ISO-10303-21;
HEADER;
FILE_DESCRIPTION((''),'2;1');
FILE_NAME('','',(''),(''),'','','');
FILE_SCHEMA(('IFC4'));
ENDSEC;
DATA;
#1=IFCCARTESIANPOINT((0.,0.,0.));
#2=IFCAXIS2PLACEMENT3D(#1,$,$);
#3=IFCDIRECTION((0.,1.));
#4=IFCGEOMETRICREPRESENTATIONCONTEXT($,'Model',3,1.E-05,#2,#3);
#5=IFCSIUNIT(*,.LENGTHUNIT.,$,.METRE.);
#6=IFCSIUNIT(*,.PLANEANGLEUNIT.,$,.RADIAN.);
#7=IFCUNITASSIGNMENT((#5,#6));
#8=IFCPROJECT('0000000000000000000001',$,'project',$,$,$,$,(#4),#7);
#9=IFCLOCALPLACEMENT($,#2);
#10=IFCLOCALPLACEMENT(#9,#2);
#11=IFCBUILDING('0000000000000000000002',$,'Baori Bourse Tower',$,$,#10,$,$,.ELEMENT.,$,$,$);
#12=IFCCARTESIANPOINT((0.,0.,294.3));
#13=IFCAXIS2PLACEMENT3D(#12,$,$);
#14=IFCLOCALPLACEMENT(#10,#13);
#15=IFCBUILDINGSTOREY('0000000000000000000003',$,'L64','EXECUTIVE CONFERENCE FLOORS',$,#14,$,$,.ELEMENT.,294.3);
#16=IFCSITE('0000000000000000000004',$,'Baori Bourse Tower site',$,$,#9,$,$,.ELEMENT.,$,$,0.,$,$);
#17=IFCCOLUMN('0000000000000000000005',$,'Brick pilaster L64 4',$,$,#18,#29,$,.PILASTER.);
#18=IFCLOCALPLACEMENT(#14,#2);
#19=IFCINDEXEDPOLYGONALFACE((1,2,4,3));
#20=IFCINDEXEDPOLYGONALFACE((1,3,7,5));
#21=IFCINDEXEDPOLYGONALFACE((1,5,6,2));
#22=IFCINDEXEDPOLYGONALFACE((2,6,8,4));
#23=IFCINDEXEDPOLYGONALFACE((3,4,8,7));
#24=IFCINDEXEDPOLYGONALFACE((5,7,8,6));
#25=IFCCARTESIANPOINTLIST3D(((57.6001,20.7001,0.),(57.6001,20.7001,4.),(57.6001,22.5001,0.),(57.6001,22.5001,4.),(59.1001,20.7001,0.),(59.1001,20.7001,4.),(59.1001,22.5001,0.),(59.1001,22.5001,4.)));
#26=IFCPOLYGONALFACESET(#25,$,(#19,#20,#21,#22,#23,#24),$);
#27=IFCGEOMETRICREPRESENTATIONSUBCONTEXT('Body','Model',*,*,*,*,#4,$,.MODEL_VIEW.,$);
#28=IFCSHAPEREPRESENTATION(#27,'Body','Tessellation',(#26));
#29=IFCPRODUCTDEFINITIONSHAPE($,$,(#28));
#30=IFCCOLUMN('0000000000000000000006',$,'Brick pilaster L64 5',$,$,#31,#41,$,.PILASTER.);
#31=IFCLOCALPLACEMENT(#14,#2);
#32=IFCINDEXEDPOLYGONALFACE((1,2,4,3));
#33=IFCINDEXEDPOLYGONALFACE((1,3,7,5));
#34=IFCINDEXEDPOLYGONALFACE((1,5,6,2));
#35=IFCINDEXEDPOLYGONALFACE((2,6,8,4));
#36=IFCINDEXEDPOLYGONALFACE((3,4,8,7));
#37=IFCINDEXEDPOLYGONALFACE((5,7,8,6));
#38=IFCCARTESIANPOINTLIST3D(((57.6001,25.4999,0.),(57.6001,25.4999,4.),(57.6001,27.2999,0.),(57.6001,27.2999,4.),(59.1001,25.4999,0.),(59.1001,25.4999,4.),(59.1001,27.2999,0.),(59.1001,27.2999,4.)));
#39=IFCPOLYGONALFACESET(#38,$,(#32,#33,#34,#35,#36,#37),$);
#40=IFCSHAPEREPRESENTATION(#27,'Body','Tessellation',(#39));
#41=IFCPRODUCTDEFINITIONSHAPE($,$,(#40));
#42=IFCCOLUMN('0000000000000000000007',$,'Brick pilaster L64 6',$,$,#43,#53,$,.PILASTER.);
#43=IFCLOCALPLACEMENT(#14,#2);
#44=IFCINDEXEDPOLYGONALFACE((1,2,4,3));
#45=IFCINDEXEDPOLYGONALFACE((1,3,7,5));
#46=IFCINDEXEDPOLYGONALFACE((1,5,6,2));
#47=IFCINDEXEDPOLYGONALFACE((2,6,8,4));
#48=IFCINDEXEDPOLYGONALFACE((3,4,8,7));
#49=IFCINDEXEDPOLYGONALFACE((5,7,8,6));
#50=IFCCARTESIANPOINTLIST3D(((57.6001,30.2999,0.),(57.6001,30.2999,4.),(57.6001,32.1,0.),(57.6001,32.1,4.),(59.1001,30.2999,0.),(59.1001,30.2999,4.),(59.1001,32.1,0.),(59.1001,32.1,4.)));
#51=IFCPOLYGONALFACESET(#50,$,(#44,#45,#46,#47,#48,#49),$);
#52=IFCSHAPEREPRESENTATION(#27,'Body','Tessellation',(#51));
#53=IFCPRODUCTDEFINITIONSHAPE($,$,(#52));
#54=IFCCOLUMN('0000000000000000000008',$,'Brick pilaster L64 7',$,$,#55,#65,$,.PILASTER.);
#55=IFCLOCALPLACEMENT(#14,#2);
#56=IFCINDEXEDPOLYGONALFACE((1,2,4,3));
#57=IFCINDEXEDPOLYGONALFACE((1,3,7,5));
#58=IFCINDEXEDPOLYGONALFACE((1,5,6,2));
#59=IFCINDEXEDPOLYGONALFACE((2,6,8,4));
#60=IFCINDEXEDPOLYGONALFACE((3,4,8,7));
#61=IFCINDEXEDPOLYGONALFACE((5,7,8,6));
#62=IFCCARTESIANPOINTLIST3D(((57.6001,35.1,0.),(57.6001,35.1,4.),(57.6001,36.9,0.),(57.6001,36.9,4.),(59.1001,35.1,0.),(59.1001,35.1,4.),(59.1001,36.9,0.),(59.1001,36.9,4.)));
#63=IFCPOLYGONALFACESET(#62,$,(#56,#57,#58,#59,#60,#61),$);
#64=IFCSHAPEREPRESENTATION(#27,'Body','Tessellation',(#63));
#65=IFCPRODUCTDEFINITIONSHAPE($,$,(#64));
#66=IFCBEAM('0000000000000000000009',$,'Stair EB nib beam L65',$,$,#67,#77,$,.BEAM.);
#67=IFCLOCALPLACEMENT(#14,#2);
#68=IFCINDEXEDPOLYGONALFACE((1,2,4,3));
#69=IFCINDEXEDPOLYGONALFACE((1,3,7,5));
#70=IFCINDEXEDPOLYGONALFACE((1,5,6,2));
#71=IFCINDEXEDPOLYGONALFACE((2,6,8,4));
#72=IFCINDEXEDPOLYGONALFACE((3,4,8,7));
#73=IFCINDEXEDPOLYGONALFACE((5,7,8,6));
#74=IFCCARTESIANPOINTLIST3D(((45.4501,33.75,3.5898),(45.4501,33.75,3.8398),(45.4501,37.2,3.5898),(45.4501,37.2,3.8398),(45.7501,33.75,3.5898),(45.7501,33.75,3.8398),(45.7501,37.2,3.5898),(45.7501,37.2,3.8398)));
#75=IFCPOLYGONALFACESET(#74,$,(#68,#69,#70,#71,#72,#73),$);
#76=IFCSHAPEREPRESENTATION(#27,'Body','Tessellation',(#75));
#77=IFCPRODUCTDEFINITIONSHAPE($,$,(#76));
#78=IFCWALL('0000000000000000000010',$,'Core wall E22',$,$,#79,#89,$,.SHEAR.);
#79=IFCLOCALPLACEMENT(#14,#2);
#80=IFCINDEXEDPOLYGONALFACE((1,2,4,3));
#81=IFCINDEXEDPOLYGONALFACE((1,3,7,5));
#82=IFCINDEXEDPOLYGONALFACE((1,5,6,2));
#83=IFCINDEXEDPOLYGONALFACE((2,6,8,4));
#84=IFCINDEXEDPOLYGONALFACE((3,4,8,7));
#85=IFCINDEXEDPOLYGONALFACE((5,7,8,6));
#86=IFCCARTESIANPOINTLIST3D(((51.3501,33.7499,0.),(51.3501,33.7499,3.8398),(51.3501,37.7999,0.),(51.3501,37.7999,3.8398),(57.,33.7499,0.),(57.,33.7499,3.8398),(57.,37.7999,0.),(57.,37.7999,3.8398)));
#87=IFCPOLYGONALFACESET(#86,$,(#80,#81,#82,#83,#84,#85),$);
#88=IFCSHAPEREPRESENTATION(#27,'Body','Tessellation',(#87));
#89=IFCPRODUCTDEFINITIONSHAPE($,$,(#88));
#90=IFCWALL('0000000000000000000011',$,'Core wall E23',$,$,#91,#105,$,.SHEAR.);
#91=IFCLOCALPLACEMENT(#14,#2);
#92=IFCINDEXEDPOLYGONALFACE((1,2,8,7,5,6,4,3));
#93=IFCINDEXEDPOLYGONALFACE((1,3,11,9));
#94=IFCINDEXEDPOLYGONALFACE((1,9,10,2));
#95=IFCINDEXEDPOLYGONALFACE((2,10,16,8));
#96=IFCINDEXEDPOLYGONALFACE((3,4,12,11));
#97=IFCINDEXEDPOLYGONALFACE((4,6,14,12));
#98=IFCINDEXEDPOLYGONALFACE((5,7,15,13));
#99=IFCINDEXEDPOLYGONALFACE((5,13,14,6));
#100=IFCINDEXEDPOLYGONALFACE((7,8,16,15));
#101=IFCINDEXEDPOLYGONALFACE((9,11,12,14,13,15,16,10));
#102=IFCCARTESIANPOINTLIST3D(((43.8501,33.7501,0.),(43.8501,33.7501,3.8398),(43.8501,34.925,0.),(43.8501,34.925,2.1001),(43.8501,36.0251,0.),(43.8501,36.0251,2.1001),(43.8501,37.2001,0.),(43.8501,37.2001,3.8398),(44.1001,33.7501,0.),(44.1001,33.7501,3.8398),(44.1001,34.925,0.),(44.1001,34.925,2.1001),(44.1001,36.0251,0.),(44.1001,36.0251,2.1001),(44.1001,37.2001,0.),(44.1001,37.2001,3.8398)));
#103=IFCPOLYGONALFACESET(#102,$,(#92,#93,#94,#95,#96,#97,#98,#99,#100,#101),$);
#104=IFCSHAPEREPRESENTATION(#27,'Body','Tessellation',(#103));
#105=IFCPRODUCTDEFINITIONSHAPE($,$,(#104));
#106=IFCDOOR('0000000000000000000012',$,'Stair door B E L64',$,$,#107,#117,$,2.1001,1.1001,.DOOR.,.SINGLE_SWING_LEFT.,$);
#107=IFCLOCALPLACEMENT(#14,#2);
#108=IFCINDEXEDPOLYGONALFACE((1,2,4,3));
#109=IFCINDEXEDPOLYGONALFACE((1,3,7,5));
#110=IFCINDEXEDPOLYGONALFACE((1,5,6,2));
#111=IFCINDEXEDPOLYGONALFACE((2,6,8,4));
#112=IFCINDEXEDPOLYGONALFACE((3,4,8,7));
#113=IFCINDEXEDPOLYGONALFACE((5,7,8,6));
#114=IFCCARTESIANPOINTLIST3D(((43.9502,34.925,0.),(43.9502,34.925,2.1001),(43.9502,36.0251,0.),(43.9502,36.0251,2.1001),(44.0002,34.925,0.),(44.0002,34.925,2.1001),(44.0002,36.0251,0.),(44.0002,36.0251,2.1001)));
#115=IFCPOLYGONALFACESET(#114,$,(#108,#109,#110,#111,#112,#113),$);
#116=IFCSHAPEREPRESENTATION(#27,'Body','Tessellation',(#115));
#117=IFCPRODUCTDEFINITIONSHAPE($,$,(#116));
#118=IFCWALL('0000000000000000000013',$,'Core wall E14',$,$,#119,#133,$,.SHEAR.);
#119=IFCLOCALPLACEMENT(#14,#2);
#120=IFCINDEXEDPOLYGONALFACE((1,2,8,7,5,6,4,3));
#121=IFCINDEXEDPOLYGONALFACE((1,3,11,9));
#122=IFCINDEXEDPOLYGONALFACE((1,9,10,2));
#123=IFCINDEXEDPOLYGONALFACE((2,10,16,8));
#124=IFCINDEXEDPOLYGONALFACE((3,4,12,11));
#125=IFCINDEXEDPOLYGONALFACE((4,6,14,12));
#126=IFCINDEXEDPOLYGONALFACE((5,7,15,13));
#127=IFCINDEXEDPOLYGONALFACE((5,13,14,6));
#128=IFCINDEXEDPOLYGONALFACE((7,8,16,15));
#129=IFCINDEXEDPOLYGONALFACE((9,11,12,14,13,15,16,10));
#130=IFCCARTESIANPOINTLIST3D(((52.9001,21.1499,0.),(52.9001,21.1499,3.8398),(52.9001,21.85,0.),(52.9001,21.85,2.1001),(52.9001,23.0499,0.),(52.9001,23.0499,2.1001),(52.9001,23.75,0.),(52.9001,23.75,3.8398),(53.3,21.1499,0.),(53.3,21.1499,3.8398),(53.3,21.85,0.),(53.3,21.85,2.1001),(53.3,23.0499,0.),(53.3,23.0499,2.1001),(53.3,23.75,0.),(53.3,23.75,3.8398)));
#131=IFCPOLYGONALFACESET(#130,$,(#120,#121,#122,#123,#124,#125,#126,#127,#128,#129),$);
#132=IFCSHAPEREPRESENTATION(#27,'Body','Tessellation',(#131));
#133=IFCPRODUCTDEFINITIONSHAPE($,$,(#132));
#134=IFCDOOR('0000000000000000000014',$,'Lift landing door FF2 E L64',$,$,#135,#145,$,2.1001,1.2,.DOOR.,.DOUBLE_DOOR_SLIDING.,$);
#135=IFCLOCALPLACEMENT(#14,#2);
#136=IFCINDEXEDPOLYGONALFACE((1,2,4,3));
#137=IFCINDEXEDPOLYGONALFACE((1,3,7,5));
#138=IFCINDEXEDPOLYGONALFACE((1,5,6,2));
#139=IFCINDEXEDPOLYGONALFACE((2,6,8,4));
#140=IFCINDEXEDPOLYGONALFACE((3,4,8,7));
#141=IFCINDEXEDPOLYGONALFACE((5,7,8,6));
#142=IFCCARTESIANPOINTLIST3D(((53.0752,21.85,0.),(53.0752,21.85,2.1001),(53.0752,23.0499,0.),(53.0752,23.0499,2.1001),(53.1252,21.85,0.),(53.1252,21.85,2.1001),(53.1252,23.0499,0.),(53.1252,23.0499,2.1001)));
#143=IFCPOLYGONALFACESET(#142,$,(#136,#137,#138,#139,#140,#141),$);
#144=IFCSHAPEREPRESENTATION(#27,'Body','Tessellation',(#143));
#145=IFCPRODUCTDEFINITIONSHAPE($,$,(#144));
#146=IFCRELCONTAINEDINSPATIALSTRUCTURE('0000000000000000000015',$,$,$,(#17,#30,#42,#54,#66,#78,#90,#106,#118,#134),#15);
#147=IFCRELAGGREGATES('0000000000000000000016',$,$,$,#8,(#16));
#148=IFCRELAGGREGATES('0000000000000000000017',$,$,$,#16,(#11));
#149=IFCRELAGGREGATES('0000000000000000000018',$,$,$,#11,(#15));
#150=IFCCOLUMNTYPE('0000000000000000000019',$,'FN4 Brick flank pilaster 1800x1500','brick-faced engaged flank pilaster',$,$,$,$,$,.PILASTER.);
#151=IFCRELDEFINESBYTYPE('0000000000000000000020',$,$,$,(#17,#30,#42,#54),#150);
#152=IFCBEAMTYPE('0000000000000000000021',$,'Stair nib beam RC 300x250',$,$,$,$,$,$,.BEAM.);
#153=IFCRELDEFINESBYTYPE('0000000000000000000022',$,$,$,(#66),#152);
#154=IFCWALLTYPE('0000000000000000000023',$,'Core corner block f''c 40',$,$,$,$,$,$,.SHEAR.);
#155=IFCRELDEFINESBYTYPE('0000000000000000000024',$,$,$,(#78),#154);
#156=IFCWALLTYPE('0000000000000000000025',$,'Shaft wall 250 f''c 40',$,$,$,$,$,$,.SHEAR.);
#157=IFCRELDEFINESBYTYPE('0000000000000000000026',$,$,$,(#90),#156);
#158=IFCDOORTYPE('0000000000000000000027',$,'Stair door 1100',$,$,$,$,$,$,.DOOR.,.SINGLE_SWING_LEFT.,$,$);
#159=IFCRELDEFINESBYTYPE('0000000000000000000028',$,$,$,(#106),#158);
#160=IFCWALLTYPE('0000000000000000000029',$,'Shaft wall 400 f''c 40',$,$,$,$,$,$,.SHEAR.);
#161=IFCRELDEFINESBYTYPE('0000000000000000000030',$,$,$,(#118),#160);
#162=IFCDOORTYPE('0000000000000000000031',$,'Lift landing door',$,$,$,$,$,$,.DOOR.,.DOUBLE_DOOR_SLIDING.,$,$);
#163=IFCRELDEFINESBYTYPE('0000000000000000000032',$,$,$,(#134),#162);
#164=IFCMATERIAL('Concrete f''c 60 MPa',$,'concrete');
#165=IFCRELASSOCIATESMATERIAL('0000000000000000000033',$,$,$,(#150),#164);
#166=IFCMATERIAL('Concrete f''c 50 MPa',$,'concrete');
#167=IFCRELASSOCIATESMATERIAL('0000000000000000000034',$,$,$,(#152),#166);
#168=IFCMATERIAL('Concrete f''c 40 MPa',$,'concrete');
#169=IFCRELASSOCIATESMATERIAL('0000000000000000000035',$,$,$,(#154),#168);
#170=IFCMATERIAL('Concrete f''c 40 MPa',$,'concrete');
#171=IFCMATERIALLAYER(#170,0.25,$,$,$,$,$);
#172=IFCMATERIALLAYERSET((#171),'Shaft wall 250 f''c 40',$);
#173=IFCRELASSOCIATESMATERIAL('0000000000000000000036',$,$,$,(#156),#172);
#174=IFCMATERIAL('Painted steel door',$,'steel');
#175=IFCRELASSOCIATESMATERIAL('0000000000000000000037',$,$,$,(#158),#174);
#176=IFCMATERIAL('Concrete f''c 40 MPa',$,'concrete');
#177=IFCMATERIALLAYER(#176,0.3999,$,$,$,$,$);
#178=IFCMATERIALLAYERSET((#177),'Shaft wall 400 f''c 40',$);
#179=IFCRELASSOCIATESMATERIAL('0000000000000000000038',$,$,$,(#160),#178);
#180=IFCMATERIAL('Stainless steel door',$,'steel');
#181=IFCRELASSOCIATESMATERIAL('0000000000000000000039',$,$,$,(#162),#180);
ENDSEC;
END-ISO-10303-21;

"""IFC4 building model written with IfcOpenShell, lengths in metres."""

from ifc_helpers import new_model, si_unit, direction, frame, frame_2d, origin, origin_2d, place, context, subcontext, project, spatial, rectangle, extrude, material, layer, layer_set, material_profile, profile_set, type_object, element, fill, save


model = new_model("IFC4")

# Units and contexts
model_context = context("Model", 3, precision=1e-05, world=origin(), true_north=direction((0.0, 1.0)))
body_context = subcontext(model_context, "Body", "Model", "MODEL_VIEW")
ifc_project = project(units=[si_unit("LENGTHUNIT", "METRE"), si_unit("PLANEANGLEUNIT", "RADIAN")], contexts=[model_context])

# Site, building, storey
site_placement = place(None, origin())
site = spatial("IfcSite", under=ifc_project, at=site_placement, Name="Baori Bourse Tower site", CompositionType="ELEMENT", RefElevation=0.0)
building_placement = place(site_placement, origin())
building = spatial("IfcBuilding", under=site, at=building_placement, Name="Baori Bourse Tower", CompositionType="ELEMENT")
storey_placement = place(building_placement, frame((0.0, 0.0, 294.3)))
storey = spatial("IfcBuildingStorey", under=building, at=storey_placement, Name="L64", Description="EXECUTIVE CONFERENCE FLOORS", CompositionType="ELEMENT", Elevation=294.3)

# Columns
ifc_material_1 = material(Name="Concrete f'c 60 MPa", Category="concrete")
ifc_material_profile_1 = material_profile(ifc_material_1, rectangle(XDim=1.8, YDim=1.5, at=origin_2d()), Name="RC 1800x1500")
ifc_profile_set_1 = profile_set([ifc_material_profile_1], Name="Concrete f'c 60 MPa")
column_type = type_object("IfcColumnType", Name="FN4 Brick flank pilaster 1800x1500", Description="brick-faced engaged flank pilaster", PredefinedType="PILASTER", material=ifc_profile_set_1)
for number, where, z_axis, x_axis, name in (
    (1, (58.3501, 21.6001, 0.0), (0.0, 0.0, 1.0), (0.0, 1.0, 0.0), "Brick pilaster L64 4"),
    (2, (58.3501, 26.3999, 0.0), (0.0, 0.0, 1.0), (0.0, 1.0, 0.0), "Brick pilaster L64 5"),
    (3, (58.3501, 31.2, 0.0), (0.0, 0.0, 1.0), (0.0, 1.0, 0.0), "Brick pilaster L64 6"),
    (4, (58.3501, 36.0, 0.0), (0.0, 0.0, 1.0), (0.0, 1.0, 0.0), "Brick pilaster L64 7"),
):
    element("IfcColumn", number, at=place(storey_placement, frame(where, z_axis=z_axis, x_axis=x_axis)), inside=storey, type_object=column_type, Name=name, PredefinedType="PILASTER", context=body_context, shape_type="SweptSolid", body=[
        extrude(rectangle(XDim=1.8, YDim=1.5, at=origin_2d()), origin(), (0.0, 0.0, 1.0), 4.0),
    ])

# Beam
ifc_material_2 = material(Name="Concrete f'c 50 MPa", Category="concrete")
ifc_material_profile_2 = material_profile(ifc_material_2, rectangle(XDim=0.3, YDim=0.25, at=origin_2d()), Name="RC 300x250")
ifc_profile_set_2 = profile_set([ifc_material_profile_2], Name="Concrete f'c 50 MPa")
beam_type = type_object("IfcBeamType", Name="Stair nib beam RC 300x250", PredefinedType="BEAM", material=ifc_profile_set_2)
beam_placement = place(storey_placement, frame((45.6001, 33.75, 3.7148), z_axis=(0.0, 1.0, 0.0), x_axis=(-1.0, 0.0, 0.0)))
element("IfcBeam", 5, at=beam_placement, inside=storey, type_object=beam_type, Name="Stair EB nib beam L65", PredefinedType="BEAM", context=body_context, shape_type="SweptSolid", body=[
    extrude(rectangle(XDim=0.3, YDim=0.25, at=origin_2d()), origin(), (0.0, 0.0, 1.0), 3.45),
])

# Wall
ifc_material_3 = material(Name="Concrete f'c 40 MPa", Category="concrete")
wall_type_1 = type_object("IfcWallType", Name="Core corner block f'c 40", PredefinedType="SHEAR", material=ifc_material_3)
wall_1_placement = place(storey_placement, frame((51.3501, 35.7749, 0.0), z_axis=(0.0, 0.0, 1.0), x_axis=(1.0, 0.0, 0.0)))
element("IfcWall", 6, at=wall_1_placement, inside=storey, type_object=wall_type_1, Name="Core wall E22", PredefinedType="SHEAR", context=body_context, shape_type="SweptSolid", body=[
    extrude(rectangle(XDim=5.6499, YDim=4.05, at=frame_2d((2.825, 0.0))), origin(), (0.0, 0.0, 1.0), 3.8398),
])

# Walls, openings, doors
ifc_material_4 = material(Name="Concrete f'c 40 MPa", Category="concrete")
ifc_layer_1 = layer(ifc_material_4, 0.25)
ifc_layer_set_1 = layer_set([ifc_layer_1], Name="Shaft wall 250 f'c 40")
wall_type_2 = type_object("IfcWallType", Name="Shaft wall 250 f'c 40", PredefinedType="SHEAR", material=ifc_layer_set_1)
wall_2_placement = place(storey_placement, frame((43.9751, 33.75, 0.0), z_axis=(0.0, 0.0, 1.0), x_axis=(0.0, 1.0, 0.0)))
wall_2 = element("IfcWall", 7, at=wall_2_placement, inside=storey, type_object=wall_type_2, Name="Core wall E23", PredefinedType="SHEAR", context=body_context, shape_type="SweptSolid", body=[
    extrude(rectangle(XDim=3.45, YDim=0.25, at=frame_2d((1.7251, 0.0))), origin(), (0.0, 0.0, 1.0), 3.8398),
])
opening_1_placement = place(wall_2_placement, frame((1.175, 0.0, 0.0)))
opening_1 = element("IfcOpeningElement", 8, at=opening_1_placement, cuts=wall_2, PredefinedType="OPENING", context=body_context, shape_type="SweptSolid", body=[
    extrude(rectangle(XDim=1.1001, YDim=2.1001, at=frame_2d((0.55, 1.05))), frame((0.0, 0.135, 0.0), z_axis=(0.0, -1.0, 0.0), x_axis=(1.0, 0.0, 0.0)), (0.0, 0.0, 1.0), 0.27),
])
ifc_material_5 = material(Name="Painted steel door", Category="steel")
door_type_1 = type_object("IfcDoorType", Name="Stair door 1100", OperationType="SINGLE_SWING_LEFT", PredefinedType="DOOR", material=ifc_material_5)
door_1_placement = place(opening_1_placement, origin())
door_1 = element("IfcDoor", 9, at=door_1_placement, inside=storey, type_object=door_type_1, Name="Stair door B E L64", OperationType="SINGLE_SWING_LEFT", OverallHeight=2.1001, OverallWidth=1.1001, PredefinedType="DOOR", context=body_context, shape_type="SweptSolid", body=[
    extrude(rectangle(XDim=1.1001, YDim=2.1001, at=frame_2d((0.55, 1.05))), frame((0.0, 0.0249, 0.0), z_axis=(0.0, -1.0, 0.0), x_axis=(1.0, 0.0, 0.0)), (0.0, 0.0, 1.0), 0.05),
])
fill(opening_1, door_1)
ifc_material_6 = material(Name="Concrete f'c 40 MPa", Category="concrete")
ifc_layer_2 = layer(ifc_material_6, 0.3999)
ifc_layer_set_2 = layer_set([ifc_layer_2], Name="Shaft wall 400 f'c 40")
wall_type_3 = type_object("IfcWallType", Name="Shaft wall 400 f'c 40", PredefinedType="SHEAR", material=ifc_layer_set_2)
wall_3_placement = place(storey_placement, frame((53.1001, 21.1499, 0.0), z_axis=(0.0, 0.0, 1.0), x_axis=(0.0, 1.0, 0.0)))
wall_3 = element("IfcWall", 10, at=wall_3_placement, inside=storey, type_object=wall_type_3, Name="Core wall E14", PredefinedType="SHEAR", context=body_context, shape_type="SweptSolid", body=[
    extrude(rectangle(XDim=2.6001, YDim=0.3999, at=frame_2d((1.3, 0.0))), origin(), (0.0, 0.0, 1.0), 3.8398),
])
opening_2_placement = place(wall_3_placement, frame((0.7, 0.0, 0.0)))
opening_2 = element("IfcOpeningElement", 11, at=opening_2_placement, cuts=wall_3, PredefinedType="OPENING", context=body_context, shape_type="SweptSolid", body=[
    extrude(rectangle(XDim=1.2, YDim=2.1001, at=frame_2d((0.6001, 1.05))), frame((0.0, 0.21, 0.0), z_axis=(0.0, -1.0, 0.0), x_axis=(1.0, 0.0, 0.0)), (0.0, 0.0, 1.0), 0.4199),
])
ifc_material_7 = material(Name="Stainless steel door", Category="steel")
door_type_2 = type_object("IfcDoorType", Name="Lift landing door", OperationType="DOUBLE_DOOR_SLIDING", PredefinedType="DOOR", material=ifc_material_7)
door_2_placement = place(opening_2_placement, origin())
door_2 = element("IfcDoor", 12, at=door_2_placement, inside=storey, type_object=door_type_2, Name="Lift landing door FF2 E L64", OperationType="DOUBLE_DOOR_SLIDING", OverallHeight=2.1001, OverallWidth=1.2, PredefinedType="DOOR", context=body_context, shape_type="SweptSolid", body=[
    extrude(rectangle(XDim=1.2, YDim=2.1001, at=frame_2d((0.6001, 1.05))), frame((0.0, 0.0249, 0.0), z_axis=(0.0, -1.0, 0.0), x_axis=(1.0, 0.0, 0.0)), (0.0, 0.0, 1.0), 0.05),
])
fill(opening_2, door_2)

save(model, "model.ifc")
